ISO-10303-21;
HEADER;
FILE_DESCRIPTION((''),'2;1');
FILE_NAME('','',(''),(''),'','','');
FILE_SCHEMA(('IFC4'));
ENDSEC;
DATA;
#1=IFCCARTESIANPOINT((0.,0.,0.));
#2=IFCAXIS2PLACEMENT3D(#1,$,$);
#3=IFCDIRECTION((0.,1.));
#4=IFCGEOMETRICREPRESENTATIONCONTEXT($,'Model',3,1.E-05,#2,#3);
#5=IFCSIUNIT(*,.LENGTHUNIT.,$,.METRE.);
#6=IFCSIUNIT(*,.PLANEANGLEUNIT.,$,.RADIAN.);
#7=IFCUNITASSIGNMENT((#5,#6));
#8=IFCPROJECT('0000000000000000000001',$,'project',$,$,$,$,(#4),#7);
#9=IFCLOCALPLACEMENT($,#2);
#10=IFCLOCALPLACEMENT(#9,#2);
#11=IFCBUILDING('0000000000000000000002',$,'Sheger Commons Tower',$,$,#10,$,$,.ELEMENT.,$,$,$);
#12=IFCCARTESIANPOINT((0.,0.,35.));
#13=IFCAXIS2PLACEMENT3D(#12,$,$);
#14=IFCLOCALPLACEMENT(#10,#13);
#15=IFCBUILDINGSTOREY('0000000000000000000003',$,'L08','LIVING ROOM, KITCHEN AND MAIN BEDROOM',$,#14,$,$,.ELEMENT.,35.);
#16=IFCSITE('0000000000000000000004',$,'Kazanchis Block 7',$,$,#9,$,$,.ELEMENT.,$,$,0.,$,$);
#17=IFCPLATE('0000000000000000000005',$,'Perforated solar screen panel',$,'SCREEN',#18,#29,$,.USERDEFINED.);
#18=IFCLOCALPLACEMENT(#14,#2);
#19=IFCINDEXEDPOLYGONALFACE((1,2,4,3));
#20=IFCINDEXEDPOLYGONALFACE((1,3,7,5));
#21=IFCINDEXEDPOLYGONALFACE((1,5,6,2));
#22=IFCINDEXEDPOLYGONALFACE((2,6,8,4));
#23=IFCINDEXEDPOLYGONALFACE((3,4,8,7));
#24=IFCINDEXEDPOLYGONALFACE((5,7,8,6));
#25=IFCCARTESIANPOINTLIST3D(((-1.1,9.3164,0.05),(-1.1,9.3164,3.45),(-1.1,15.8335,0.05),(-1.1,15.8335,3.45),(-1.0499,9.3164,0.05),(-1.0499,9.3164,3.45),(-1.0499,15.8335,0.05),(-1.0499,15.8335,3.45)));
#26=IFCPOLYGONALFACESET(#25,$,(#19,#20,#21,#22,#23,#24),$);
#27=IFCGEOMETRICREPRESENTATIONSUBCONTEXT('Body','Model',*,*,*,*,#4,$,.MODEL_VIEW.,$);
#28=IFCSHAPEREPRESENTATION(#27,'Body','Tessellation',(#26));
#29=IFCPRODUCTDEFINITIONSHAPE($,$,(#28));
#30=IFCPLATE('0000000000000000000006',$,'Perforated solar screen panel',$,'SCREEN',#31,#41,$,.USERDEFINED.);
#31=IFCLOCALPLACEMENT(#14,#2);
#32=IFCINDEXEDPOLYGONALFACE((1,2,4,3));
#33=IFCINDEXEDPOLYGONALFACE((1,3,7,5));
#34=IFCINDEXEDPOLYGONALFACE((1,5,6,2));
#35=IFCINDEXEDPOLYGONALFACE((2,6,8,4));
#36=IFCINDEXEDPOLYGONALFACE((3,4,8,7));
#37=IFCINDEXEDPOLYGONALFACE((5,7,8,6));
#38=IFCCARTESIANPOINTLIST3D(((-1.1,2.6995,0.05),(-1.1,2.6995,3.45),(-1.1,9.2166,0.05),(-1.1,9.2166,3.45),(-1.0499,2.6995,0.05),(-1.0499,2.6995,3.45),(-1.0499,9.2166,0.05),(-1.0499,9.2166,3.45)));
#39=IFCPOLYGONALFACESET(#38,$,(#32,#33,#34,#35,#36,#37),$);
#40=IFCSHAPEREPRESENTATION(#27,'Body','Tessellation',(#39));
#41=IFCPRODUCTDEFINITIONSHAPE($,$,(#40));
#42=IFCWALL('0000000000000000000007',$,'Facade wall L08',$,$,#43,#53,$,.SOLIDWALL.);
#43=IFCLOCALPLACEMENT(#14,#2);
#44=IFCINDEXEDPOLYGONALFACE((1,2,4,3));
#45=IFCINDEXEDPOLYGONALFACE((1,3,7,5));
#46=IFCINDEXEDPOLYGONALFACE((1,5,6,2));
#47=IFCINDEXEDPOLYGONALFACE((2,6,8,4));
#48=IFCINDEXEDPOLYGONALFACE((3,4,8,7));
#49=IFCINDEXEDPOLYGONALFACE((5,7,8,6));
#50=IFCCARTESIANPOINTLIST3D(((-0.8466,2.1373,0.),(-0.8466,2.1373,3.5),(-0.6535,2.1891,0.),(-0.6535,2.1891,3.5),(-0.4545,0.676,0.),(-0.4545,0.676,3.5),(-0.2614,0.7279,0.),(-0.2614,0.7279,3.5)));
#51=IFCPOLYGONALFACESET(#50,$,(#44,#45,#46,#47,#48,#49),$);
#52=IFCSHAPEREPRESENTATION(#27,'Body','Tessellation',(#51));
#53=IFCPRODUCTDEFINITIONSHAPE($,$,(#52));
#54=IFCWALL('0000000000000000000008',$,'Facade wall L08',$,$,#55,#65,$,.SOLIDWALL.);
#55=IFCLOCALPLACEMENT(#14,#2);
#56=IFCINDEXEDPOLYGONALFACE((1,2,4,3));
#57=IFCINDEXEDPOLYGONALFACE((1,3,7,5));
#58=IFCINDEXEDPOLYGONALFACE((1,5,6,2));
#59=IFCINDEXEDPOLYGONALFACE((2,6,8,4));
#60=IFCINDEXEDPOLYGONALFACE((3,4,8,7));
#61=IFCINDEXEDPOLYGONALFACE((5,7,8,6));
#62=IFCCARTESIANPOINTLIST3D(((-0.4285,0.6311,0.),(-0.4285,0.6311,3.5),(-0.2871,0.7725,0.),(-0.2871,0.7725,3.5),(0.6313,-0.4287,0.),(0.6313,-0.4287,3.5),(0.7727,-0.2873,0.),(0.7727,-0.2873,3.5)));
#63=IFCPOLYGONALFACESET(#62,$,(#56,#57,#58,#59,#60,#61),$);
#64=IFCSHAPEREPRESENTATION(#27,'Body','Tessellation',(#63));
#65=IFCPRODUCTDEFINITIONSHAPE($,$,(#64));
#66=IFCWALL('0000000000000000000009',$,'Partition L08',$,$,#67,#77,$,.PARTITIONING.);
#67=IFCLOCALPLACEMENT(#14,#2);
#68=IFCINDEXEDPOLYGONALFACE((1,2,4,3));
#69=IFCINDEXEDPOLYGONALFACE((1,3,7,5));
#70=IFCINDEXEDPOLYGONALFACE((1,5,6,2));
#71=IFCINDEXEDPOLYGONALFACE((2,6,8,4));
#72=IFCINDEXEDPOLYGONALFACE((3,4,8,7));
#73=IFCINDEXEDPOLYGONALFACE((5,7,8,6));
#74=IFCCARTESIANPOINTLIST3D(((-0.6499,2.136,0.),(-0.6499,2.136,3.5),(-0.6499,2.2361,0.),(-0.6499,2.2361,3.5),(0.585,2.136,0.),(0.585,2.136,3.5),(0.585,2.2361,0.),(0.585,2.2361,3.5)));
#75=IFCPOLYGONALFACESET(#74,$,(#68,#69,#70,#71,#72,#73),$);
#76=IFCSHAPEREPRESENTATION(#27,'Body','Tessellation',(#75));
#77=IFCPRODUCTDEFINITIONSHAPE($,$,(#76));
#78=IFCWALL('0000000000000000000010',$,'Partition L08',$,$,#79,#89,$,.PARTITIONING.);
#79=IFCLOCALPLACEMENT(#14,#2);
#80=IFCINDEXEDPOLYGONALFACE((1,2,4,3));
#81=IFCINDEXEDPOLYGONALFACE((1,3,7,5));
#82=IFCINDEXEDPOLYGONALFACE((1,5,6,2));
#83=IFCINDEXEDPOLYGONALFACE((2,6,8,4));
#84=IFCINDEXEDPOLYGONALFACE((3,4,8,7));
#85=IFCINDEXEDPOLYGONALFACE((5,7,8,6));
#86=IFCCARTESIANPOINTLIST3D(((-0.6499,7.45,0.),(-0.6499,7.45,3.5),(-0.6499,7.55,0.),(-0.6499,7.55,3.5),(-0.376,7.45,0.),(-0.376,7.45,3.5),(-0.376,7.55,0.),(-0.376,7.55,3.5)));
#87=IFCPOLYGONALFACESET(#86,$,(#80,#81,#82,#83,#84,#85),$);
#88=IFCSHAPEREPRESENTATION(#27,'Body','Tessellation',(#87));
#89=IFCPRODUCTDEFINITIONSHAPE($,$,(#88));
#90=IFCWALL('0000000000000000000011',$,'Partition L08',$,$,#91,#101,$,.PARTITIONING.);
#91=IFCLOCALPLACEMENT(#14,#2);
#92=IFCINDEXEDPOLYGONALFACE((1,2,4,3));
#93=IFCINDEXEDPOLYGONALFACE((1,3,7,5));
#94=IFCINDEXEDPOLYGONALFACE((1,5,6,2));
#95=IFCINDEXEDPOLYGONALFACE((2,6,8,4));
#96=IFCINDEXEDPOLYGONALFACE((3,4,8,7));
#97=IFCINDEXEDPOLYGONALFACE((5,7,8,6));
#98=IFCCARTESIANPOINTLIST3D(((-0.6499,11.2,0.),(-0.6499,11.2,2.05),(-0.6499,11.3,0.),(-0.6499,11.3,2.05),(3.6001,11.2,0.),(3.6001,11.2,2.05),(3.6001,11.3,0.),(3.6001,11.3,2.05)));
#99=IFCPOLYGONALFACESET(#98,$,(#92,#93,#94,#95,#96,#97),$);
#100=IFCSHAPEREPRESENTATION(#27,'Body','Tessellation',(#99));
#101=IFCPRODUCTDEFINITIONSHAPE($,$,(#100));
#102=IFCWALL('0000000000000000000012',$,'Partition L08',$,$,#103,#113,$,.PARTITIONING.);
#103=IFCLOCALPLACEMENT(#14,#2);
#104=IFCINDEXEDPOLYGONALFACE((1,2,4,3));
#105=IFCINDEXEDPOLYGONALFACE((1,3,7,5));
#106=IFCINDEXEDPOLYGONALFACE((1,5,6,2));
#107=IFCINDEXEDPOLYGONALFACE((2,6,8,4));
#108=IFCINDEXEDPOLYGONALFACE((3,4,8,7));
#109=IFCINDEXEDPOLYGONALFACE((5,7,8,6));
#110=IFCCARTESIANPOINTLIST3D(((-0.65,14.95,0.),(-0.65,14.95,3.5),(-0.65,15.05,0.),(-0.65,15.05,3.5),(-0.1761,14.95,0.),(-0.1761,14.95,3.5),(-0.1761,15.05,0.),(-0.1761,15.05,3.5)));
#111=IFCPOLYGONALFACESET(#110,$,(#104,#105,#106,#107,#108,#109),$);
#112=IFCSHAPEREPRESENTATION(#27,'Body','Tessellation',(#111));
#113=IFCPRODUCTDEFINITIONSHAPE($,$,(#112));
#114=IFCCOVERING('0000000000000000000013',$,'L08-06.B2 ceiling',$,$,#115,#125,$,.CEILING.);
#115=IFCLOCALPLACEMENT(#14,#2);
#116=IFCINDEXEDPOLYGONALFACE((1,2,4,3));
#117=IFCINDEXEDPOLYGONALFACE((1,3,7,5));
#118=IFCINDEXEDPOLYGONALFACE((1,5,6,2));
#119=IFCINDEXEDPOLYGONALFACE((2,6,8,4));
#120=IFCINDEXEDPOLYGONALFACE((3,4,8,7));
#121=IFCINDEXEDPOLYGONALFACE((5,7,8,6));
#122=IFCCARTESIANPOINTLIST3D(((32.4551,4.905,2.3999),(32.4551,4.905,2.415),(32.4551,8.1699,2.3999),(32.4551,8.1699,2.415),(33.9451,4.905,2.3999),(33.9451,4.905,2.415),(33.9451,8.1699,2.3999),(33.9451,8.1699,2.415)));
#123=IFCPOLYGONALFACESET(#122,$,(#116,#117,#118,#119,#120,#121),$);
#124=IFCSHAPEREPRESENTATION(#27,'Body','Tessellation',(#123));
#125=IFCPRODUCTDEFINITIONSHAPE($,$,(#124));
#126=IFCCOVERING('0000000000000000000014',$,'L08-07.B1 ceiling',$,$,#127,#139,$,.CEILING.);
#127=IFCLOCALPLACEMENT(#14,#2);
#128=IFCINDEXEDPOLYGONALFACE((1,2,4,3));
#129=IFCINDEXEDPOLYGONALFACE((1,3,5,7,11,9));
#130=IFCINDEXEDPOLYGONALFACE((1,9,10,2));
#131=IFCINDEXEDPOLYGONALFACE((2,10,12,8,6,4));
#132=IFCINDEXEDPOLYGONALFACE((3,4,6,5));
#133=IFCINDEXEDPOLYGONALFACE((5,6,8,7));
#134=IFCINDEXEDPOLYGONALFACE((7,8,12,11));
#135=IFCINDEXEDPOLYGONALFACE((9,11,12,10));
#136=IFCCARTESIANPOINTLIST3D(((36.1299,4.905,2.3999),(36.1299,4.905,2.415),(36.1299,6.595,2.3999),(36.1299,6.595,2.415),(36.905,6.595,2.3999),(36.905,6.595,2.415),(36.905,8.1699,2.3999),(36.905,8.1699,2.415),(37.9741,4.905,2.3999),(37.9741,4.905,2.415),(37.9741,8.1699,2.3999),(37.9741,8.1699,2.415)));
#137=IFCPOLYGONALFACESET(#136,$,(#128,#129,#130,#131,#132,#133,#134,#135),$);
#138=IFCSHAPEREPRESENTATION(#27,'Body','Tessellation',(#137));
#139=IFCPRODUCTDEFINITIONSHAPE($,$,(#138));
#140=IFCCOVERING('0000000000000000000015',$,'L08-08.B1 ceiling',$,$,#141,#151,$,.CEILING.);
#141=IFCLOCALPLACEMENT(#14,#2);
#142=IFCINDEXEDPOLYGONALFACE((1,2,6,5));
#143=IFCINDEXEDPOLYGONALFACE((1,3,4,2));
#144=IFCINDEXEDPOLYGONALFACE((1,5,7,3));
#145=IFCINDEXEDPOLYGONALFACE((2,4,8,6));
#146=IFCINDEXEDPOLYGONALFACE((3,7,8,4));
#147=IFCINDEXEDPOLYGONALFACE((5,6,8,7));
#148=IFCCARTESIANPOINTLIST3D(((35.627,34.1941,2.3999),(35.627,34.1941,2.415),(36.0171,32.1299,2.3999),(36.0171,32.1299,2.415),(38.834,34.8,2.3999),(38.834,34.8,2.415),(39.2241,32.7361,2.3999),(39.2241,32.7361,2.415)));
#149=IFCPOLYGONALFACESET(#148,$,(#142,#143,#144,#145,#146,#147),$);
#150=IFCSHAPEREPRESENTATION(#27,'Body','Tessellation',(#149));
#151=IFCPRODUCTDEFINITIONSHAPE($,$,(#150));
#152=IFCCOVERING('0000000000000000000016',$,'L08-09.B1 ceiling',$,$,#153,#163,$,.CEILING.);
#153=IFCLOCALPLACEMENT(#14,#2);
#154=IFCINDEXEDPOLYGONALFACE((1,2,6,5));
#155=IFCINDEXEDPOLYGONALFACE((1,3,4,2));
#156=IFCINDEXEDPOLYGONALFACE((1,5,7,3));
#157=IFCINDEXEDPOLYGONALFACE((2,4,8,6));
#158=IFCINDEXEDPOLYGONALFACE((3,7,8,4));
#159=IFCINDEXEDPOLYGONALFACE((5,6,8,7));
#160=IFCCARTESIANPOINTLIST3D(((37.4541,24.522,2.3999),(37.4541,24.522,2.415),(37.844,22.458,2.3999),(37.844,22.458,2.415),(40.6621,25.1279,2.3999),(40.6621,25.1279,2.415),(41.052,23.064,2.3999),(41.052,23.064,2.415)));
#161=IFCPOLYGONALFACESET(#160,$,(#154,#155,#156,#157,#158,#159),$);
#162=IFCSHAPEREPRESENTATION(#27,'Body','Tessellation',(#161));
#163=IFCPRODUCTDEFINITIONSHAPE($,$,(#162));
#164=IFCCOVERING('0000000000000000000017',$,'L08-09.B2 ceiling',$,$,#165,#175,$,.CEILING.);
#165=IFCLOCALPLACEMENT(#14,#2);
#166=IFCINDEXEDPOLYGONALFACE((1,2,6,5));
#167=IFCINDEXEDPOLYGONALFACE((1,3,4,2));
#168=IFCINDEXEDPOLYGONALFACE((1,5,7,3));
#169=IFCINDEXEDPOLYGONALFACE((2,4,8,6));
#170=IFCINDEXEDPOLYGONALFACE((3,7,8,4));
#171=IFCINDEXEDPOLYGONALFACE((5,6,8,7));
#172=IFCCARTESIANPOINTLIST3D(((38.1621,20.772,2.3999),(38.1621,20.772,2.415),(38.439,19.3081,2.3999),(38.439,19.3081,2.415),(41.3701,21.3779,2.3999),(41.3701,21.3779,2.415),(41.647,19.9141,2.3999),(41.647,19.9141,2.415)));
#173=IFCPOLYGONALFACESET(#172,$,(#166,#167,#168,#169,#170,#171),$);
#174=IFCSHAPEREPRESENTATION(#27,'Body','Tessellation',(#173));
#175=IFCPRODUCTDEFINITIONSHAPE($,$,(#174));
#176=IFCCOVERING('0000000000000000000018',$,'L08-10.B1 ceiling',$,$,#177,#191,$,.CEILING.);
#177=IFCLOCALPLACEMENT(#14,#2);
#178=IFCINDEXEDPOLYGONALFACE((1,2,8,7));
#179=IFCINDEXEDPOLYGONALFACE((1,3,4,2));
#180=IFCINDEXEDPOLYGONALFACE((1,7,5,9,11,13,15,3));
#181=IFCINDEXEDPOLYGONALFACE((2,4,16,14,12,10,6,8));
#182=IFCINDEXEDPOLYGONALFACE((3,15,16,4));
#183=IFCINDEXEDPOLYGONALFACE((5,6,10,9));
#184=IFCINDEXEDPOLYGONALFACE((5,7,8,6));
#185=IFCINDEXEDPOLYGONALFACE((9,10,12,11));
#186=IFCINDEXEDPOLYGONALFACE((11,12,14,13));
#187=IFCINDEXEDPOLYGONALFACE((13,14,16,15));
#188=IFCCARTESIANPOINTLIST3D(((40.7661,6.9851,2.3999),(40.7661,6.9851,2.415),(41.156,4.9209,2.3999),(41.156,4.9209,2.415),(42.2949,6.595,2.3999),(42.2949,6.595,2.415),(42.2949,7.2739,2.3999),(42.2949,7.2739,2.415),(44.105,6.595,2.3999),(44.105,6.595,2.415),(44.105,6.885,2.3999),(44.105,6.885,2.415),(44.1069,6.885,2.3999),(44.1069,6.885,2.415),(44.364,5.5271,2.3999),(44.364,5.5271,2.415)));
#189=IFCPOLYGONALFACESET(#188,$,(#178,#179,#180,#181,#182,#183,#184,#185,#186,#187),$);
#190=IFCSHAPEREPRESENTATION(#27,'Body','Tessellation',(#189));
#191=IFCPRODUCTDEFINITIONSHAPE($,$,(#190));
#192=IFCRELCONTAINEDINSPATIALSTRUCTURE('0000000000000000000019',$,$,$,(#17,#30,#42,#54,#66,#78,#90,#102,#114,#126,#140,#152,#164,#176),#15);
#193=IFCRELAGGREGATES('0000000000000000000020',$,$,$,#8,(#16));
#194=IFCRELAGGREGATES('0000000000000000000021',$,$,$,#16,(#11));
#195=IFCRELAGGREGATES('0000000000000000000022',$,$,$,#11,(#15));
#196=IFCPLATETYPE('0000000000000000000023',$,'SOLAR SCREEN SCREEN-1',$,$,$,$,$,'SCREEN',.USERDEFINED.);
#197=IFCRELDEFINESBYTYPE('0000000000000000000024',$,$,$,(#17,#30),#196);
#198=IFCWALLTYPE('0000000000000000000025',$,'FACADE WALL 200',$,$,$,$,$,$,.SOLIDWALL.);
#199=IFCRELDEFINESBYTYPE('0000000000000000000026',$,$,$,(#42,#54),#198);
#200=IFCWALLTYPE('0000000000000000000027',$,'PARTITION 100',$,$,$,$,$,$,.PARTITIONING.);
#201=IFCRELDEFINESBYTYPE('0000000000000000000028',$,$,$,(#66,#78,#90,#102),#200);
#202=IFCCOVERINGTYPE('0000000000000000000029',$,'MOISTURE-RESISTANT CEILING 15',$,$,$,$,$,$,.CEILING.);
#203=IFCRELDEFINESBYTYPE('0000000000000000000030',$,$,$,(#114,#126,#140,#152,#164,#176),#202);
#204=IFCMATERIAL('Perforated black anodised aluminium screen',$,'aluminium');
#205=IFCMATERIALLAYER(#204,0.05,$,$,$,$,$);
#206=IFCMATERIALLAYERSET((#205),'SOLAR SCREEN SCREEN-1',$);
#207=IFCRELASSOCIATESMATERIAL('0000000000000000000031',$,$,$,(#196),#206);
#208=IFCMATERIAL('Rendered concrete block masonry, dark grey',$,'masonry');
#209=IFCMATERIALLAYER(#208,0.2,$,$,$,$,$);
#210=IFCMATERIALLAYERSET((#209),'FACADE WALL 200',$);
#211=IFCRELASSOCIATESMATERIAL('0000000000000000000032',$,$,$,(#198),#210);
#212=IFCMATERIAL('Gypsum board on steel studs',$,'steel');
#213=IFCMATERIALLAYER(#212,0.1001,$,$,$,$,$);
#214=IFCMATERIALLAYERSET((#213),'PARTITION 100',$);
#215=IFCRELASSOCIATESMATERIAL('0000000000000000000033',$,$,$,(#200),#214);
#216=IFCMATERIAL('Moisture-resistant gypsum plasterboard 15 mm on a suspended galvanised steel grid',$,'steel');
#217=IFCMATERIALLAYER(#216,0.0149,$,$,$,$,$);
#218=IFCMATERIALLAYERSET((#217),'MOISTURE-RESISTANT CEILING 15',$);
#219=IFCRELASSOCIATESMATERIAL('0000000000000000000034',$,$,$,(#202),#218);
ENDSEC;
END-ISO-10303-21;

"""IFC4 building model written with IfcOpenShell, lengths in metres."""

from ifc_helpers import new_model, si_unit, direction, frame, frame_2d, origin, origin_2d, place, context, subcontext, project, spatial, polyline, rectangle, outline, extrude, material, layer, layer_set, type_object, element, save


model = new_model("IFC4")

# Units and contexts
model_context = context("Model", 3, precision=1e-05, world=origin(), true_north=direction((0.0, 1.0)))
body_context = subcontext(model_context, "Body", "Model", "MODEL_VIEW")
ifc_project = project(units=[si_unit("LENGTHUNIT", "METRE"), si_unit("PLANEANGLEUNIT", "RADIAN")], contexts=[model_context])

# Site, building, storey
site_placement = place(None, origin())
site = spatial("IfcSite", under=ifc_project, at=site_placement, Name="Kazanchis Block 7", CompositionType="ELEMENT", RefElevation=0.0)
building_placement = place(site_placement, origin())
building = spatial("IfcBuilding", under=site, at=building_placement, Name="Sheger Commons Tower", CompositionType="ELEMENT")
storey_placement = place(building_placement, frame((0.0, 0.0, 35.0)))
storey = spatial("IfcBuildingStorey", under=building, at=storey_placement, Name="L08", Description="LIVING ROOM, KITCHEN AND MAIN BEDROOM", CompositionType="ELEMENT", Elevation=35.0)

# Plates
ifc_material_1 = material(Name="Perforated black anodised aluminium screen", Category="aluminium")
ifc_layer_1 = layer(ifc_material_1, 0.05)
ifc_layer_set_1 = layer_set([ifc_layer_1], Name="SOLAR SCREEN SCREEN-1")
plate_type = type_object("IfcPlateType", Name="SOLAR SCREEN SCREEN-1", ElementType="SCREEN", PredefinedType="USERDEFINED", material=ifc_layer_set_1)
for number, where, z_axis, x_axis, name in (
    (1, (-1.075, 12.575, 0.05), (0.0, 0.0, 1.0), (0.0, -1.0, 0.0), "Perforated solar screen panel"),
    (2, (-1.075, 5.958, 0.05), (0.0, 0.0, 1.0), (0.0, -1.0, 0.0), "Perforated solar screen panel"),
):
    element("IfcPlate", number, at=place(storey_placement, frame(where, z_axis=z_axis, x_axis=x_axis)), inside=storey, type_object=plate_type, Name=name, ObjectType="SCREEN", PredefinedType="USERDEFINED", context=body_context, shape_type="SweptSolid", body=[
        extrude(rectangle(XDim=6.5171, YDim=0.05, at=origin_2d()), origin(), (0.0, 0.0, 1.0), 3.3999),
    ])

# Walls
ifc_material_2 = material(Name="Rendered concrete block masonry, dark grey", Category="masonry")
ifc_layer_2 = layer(ifc_material_2, 0.2)
ifc_layer_set_2 = layer_set([ifc_layer_2], Name="FACADE WALL 200")
wall_type_1 = type_object("IfcWallType", Name="FACADE WALL 200", PredefinedType="SOLIDWALL", material=ifc_layer_set_2)
wall_1_placement = place(storey_placement, frame((-0.75, 2.1631, 0.0), z_axis=(0.0, 0.0, 1.0), x_axis=(0.259169, -0.965832, 0.0)))
element("IfcWall", 3, at=wall_1_placement, inside=storey, type_object=wall_type_1, Name="Facade wall L08", PredefinedType="SOLIDWALL", context=body_context, shape_type="SweptSolid", body=[
    extrude(rectangle(XDim=1.5129, YDim=0.2, at=frame_2d((0.7563, 0.0))), origin(), (0.0, 0.0, 1.0), 3.5),
])
wall_2_placement = place(storey_placement, frame((-0.3579, 0.7019, 0.0), z_axis=(0.0, 0.0, 1.0), x_axis=(0.707107, -0.707107, 0.0)))
element("IfcWall", 4, at=wall_2_placement, inside=storey, type_object=wall_type_1, Name="Facade wall L08", PredefinedType="SOLIDWALL", context=body_context, shape_type="SweptSolid", body=[
    extrude(rectangle(XDim=1.4988, YDim=0.2, at=frame_2d((0.7495, 0.0))), origin(), (0.0, 0.0, 1.0), 3.5),
])
ifc_material_3 = material(Name="Gypsum board on steel studs", Category="steel")
ifc_layer_3 = layer(ifc_material_3, 0.1001)
ifc_layer_set_3 = layer_set([ifc_layer_3], Name="PARTITION 100")
wall_type_2 = type_object("IfcWallType", Name="PARTITION 100", PredefinedType="PARTITIONING", material=ifc_layer_set_3)
wall_3_placement = place(storey_placement, frame((-0.6499, 2.186, 0.0), z_axis=(0.0, 0.0, 1.0), x_axis=(1.0, 0.0, 0.0)))
element("IfcWall", 5, at=wall_3_placement, inside=storey, type_object=wall_type_2, Name="Partition L08", PredefinedType="PARTITIONING", context=body_context, shape_type="SweptSolid", body=[
    extrude(rectangle(XDim=1.2349, YDim=0.1001, at=frame_2d((0.6174, 0.0))), origin(), (0.0, 0.0, 1.0), 3.5),
])
wall_4_placement = place(storey_placement, frame((-0.6499, 7.5, 0.0), z_axis=(0.0, 0.0, 1.0), x_axis=(1.0, 0.0, 0.0)))
element("IfcWall", 6, at=wall_4_placement, inside=storey, type_object=wall_type_2, Name="Partition L08", PredefinedType="PARTITIONING", context=body_context, shape_type="SweptSolid", body=[
    extrude(rectangle(XDim=0.2739, YDim=0.1001, at=frame_2d((0.137, 0.0))), origin(), (0.0, 0.0, 1.0), 3.5),
])
wall_5_placement = place(storey_placement, frame((-0.6499, 11.25, 0.0), z_axis=(0.0, 0.0, 1.0), x_axis=(1.0, 0.0, 0.0)))
element("IfcWall", 7, at=wall_5_placement, inside=storey, type_object=wall_type_2, Name="Partition L08", PredefinedType="PARTITIONING", context=body_context, shape_type="SweptSolid", body=[
    extrude(rectangle(XDim=4.25, YDim=0.1001, at=frame_2d((2.125, 0.0))), origin(), (0.0, 0.0, 1.0), 2.05),
])
wall_6_placement = place(storey_placement, frame((-0.6499, 15.0, 0.0), z_axis=(0.0, 0.0, 1.0), x_axis=(1.0, 0.0, 0.0)))
element("IfcWall", 8, at=wall_6_placement, inside=storey, type_object=wall_type_2, Name="Partition L08", PredefinedType="PARTITIONING", context=body_context, shape_type="SweptSolid", body=[
    extrude(rectangle(XDim=0.4739, YDim=0.1001, at=frame_2d((0.2368, 0.0))), origin(), (0.0, 0.0, 1.0), 3.5),
])

# Coverings
ifc_material_4 = material(Name="Moisture-resistant gypsum plasterboard 15 mm on a suspended galvanised steel grid", Category="steel")
ifc_layer_4 = layer(ifc_material_4, 0.0149)
ifc_layer_set_4 = layer_set([ifc_layer_4], Name="MOISTURE-RESISTANT CEILING 15")
covering_type_1 = type_object("IfcCoveringType", Name="MOISTURE-RESISTANT CEILING 15", PredefinedType="CEILING", material=ifc_layer_set_4)
covering_1_placement = place(storey_placement, frame((0.0, 0.0, 2.3999)))
element("IfcCovering", 9, at=covering_1_placement, inside=storey, type_object=covering_type_1, Name="L08-06.B2 ceiling", PredefinedType="CEILING", context=body_context, shape_type="SweptSolid", body=[
    extrude(outline(polyline([(32.4551, 4.905), (33.9451, 4.905), (33.9451, 8.1699), (32.4551, 8.1699), (32.4551, 4.905)])), origin(), (0.0, 0.0, 1.0), 0.0151),
])
covering_2_placement = place(storey_placement, frame((0.0, 0.0, 2.3999)))
element("IfcCovering", 10, at=covering_2_placement, inside=storey, type_object=covering_type_1, Name="L08-07.B1 ceiling", PredefinedType="CEILING", context=body_context, shape_type="SweptSolid", body=[
    extrude(outline(polyline([(36.1299, 4.905), (37.9741, 4.905), (37.9741, 8.1699), (36.905, 8.1699), (36.905, 6.595), (36.1299, 6.595), (36.1299, 4.905)])), origin(), (0.0, 0.0, 1.0), 0.0151),
])
covering_3_placement = place(storey_placement, frame((0.0, 0.0, 2.3999)))
element("IfcCovering", 11, at=covering_3_placement, inside=storey, type_object=covering_type_1, Name="L08-08.B1 ceiling", PredefinedType="CEILING", context=body_context, shape_type="SweptSolid", body=[
    extrude(outline(polyline([(36.0171, 32.1299), (39.2241, 32.7361), (38.834, 34.8), (35.627, 34.1941), (36.0171, 32.1299)])), origin(), (0.0, 0.0, 1.0), 0.0151),
])
covering_4_placement = place(storey_placement, frame((0.0, 0.0, 2.3999)))
element("IfcCovering", 12, at=covering_4_placement, inside=storey, type_object=covering_type_1, Name="L08-09.B1 ceiling", PredefinedType="CEILING", context=body_context, shape_type="SweptSolid", body=[
    extrude(outline(polyline([(37.844, 22.458), (41.052, 23.064), (40.6621, 25.1279), (37.4541, 24.522), (37.844, 22.458)])), origin(), (0.0, 0.0, 1.0), 0.0151),
])
covering_5_placement = place(storey_placement, frame((0.0, 0.0, 2.3999)))
element("IfcCovering", 13, at=covering_5_placement, inside=storey, type_object=covering_type_1, Name="L08-09.B2 ceiling", PredefinedType="CEILING", context=body_context, shape_type="SweptSolid", body=[
    extrude(outline(polyline([(38.439, 19.3081), (41.647, 19.9141), (41.3701, 21.3779), (38.1621, 20.772), (38.439, 19.3081)])), origin(), (0.0, 0.0, 1.0), 0.0151),
])
covering_6_placement = place(storey_placement, frame((0.0, 0.0, 2.3999)))
element("IfcCovering", 14, at=covering_6_placement, inside=storey, type_object=covering_type_1, Name="L08-10.B1 ceiling", PredefinedType="CEILING", context=body_context, shape_type="SweptSolid", body=[
    extrude(outline(polyline([(41.156, 4.9209), (44.364, 5.5271), (44.1069, 6.885), (44.105, 6.885), (44.105, 6.595), (42.2949, 6.595), (42.2949, 7.2739), (40.7661, 6.9851), (41.156, 4.9209)])), origin(), (0.0, 0.0, 1.0), 0.0151),
])

save(model, "model.ifc")
